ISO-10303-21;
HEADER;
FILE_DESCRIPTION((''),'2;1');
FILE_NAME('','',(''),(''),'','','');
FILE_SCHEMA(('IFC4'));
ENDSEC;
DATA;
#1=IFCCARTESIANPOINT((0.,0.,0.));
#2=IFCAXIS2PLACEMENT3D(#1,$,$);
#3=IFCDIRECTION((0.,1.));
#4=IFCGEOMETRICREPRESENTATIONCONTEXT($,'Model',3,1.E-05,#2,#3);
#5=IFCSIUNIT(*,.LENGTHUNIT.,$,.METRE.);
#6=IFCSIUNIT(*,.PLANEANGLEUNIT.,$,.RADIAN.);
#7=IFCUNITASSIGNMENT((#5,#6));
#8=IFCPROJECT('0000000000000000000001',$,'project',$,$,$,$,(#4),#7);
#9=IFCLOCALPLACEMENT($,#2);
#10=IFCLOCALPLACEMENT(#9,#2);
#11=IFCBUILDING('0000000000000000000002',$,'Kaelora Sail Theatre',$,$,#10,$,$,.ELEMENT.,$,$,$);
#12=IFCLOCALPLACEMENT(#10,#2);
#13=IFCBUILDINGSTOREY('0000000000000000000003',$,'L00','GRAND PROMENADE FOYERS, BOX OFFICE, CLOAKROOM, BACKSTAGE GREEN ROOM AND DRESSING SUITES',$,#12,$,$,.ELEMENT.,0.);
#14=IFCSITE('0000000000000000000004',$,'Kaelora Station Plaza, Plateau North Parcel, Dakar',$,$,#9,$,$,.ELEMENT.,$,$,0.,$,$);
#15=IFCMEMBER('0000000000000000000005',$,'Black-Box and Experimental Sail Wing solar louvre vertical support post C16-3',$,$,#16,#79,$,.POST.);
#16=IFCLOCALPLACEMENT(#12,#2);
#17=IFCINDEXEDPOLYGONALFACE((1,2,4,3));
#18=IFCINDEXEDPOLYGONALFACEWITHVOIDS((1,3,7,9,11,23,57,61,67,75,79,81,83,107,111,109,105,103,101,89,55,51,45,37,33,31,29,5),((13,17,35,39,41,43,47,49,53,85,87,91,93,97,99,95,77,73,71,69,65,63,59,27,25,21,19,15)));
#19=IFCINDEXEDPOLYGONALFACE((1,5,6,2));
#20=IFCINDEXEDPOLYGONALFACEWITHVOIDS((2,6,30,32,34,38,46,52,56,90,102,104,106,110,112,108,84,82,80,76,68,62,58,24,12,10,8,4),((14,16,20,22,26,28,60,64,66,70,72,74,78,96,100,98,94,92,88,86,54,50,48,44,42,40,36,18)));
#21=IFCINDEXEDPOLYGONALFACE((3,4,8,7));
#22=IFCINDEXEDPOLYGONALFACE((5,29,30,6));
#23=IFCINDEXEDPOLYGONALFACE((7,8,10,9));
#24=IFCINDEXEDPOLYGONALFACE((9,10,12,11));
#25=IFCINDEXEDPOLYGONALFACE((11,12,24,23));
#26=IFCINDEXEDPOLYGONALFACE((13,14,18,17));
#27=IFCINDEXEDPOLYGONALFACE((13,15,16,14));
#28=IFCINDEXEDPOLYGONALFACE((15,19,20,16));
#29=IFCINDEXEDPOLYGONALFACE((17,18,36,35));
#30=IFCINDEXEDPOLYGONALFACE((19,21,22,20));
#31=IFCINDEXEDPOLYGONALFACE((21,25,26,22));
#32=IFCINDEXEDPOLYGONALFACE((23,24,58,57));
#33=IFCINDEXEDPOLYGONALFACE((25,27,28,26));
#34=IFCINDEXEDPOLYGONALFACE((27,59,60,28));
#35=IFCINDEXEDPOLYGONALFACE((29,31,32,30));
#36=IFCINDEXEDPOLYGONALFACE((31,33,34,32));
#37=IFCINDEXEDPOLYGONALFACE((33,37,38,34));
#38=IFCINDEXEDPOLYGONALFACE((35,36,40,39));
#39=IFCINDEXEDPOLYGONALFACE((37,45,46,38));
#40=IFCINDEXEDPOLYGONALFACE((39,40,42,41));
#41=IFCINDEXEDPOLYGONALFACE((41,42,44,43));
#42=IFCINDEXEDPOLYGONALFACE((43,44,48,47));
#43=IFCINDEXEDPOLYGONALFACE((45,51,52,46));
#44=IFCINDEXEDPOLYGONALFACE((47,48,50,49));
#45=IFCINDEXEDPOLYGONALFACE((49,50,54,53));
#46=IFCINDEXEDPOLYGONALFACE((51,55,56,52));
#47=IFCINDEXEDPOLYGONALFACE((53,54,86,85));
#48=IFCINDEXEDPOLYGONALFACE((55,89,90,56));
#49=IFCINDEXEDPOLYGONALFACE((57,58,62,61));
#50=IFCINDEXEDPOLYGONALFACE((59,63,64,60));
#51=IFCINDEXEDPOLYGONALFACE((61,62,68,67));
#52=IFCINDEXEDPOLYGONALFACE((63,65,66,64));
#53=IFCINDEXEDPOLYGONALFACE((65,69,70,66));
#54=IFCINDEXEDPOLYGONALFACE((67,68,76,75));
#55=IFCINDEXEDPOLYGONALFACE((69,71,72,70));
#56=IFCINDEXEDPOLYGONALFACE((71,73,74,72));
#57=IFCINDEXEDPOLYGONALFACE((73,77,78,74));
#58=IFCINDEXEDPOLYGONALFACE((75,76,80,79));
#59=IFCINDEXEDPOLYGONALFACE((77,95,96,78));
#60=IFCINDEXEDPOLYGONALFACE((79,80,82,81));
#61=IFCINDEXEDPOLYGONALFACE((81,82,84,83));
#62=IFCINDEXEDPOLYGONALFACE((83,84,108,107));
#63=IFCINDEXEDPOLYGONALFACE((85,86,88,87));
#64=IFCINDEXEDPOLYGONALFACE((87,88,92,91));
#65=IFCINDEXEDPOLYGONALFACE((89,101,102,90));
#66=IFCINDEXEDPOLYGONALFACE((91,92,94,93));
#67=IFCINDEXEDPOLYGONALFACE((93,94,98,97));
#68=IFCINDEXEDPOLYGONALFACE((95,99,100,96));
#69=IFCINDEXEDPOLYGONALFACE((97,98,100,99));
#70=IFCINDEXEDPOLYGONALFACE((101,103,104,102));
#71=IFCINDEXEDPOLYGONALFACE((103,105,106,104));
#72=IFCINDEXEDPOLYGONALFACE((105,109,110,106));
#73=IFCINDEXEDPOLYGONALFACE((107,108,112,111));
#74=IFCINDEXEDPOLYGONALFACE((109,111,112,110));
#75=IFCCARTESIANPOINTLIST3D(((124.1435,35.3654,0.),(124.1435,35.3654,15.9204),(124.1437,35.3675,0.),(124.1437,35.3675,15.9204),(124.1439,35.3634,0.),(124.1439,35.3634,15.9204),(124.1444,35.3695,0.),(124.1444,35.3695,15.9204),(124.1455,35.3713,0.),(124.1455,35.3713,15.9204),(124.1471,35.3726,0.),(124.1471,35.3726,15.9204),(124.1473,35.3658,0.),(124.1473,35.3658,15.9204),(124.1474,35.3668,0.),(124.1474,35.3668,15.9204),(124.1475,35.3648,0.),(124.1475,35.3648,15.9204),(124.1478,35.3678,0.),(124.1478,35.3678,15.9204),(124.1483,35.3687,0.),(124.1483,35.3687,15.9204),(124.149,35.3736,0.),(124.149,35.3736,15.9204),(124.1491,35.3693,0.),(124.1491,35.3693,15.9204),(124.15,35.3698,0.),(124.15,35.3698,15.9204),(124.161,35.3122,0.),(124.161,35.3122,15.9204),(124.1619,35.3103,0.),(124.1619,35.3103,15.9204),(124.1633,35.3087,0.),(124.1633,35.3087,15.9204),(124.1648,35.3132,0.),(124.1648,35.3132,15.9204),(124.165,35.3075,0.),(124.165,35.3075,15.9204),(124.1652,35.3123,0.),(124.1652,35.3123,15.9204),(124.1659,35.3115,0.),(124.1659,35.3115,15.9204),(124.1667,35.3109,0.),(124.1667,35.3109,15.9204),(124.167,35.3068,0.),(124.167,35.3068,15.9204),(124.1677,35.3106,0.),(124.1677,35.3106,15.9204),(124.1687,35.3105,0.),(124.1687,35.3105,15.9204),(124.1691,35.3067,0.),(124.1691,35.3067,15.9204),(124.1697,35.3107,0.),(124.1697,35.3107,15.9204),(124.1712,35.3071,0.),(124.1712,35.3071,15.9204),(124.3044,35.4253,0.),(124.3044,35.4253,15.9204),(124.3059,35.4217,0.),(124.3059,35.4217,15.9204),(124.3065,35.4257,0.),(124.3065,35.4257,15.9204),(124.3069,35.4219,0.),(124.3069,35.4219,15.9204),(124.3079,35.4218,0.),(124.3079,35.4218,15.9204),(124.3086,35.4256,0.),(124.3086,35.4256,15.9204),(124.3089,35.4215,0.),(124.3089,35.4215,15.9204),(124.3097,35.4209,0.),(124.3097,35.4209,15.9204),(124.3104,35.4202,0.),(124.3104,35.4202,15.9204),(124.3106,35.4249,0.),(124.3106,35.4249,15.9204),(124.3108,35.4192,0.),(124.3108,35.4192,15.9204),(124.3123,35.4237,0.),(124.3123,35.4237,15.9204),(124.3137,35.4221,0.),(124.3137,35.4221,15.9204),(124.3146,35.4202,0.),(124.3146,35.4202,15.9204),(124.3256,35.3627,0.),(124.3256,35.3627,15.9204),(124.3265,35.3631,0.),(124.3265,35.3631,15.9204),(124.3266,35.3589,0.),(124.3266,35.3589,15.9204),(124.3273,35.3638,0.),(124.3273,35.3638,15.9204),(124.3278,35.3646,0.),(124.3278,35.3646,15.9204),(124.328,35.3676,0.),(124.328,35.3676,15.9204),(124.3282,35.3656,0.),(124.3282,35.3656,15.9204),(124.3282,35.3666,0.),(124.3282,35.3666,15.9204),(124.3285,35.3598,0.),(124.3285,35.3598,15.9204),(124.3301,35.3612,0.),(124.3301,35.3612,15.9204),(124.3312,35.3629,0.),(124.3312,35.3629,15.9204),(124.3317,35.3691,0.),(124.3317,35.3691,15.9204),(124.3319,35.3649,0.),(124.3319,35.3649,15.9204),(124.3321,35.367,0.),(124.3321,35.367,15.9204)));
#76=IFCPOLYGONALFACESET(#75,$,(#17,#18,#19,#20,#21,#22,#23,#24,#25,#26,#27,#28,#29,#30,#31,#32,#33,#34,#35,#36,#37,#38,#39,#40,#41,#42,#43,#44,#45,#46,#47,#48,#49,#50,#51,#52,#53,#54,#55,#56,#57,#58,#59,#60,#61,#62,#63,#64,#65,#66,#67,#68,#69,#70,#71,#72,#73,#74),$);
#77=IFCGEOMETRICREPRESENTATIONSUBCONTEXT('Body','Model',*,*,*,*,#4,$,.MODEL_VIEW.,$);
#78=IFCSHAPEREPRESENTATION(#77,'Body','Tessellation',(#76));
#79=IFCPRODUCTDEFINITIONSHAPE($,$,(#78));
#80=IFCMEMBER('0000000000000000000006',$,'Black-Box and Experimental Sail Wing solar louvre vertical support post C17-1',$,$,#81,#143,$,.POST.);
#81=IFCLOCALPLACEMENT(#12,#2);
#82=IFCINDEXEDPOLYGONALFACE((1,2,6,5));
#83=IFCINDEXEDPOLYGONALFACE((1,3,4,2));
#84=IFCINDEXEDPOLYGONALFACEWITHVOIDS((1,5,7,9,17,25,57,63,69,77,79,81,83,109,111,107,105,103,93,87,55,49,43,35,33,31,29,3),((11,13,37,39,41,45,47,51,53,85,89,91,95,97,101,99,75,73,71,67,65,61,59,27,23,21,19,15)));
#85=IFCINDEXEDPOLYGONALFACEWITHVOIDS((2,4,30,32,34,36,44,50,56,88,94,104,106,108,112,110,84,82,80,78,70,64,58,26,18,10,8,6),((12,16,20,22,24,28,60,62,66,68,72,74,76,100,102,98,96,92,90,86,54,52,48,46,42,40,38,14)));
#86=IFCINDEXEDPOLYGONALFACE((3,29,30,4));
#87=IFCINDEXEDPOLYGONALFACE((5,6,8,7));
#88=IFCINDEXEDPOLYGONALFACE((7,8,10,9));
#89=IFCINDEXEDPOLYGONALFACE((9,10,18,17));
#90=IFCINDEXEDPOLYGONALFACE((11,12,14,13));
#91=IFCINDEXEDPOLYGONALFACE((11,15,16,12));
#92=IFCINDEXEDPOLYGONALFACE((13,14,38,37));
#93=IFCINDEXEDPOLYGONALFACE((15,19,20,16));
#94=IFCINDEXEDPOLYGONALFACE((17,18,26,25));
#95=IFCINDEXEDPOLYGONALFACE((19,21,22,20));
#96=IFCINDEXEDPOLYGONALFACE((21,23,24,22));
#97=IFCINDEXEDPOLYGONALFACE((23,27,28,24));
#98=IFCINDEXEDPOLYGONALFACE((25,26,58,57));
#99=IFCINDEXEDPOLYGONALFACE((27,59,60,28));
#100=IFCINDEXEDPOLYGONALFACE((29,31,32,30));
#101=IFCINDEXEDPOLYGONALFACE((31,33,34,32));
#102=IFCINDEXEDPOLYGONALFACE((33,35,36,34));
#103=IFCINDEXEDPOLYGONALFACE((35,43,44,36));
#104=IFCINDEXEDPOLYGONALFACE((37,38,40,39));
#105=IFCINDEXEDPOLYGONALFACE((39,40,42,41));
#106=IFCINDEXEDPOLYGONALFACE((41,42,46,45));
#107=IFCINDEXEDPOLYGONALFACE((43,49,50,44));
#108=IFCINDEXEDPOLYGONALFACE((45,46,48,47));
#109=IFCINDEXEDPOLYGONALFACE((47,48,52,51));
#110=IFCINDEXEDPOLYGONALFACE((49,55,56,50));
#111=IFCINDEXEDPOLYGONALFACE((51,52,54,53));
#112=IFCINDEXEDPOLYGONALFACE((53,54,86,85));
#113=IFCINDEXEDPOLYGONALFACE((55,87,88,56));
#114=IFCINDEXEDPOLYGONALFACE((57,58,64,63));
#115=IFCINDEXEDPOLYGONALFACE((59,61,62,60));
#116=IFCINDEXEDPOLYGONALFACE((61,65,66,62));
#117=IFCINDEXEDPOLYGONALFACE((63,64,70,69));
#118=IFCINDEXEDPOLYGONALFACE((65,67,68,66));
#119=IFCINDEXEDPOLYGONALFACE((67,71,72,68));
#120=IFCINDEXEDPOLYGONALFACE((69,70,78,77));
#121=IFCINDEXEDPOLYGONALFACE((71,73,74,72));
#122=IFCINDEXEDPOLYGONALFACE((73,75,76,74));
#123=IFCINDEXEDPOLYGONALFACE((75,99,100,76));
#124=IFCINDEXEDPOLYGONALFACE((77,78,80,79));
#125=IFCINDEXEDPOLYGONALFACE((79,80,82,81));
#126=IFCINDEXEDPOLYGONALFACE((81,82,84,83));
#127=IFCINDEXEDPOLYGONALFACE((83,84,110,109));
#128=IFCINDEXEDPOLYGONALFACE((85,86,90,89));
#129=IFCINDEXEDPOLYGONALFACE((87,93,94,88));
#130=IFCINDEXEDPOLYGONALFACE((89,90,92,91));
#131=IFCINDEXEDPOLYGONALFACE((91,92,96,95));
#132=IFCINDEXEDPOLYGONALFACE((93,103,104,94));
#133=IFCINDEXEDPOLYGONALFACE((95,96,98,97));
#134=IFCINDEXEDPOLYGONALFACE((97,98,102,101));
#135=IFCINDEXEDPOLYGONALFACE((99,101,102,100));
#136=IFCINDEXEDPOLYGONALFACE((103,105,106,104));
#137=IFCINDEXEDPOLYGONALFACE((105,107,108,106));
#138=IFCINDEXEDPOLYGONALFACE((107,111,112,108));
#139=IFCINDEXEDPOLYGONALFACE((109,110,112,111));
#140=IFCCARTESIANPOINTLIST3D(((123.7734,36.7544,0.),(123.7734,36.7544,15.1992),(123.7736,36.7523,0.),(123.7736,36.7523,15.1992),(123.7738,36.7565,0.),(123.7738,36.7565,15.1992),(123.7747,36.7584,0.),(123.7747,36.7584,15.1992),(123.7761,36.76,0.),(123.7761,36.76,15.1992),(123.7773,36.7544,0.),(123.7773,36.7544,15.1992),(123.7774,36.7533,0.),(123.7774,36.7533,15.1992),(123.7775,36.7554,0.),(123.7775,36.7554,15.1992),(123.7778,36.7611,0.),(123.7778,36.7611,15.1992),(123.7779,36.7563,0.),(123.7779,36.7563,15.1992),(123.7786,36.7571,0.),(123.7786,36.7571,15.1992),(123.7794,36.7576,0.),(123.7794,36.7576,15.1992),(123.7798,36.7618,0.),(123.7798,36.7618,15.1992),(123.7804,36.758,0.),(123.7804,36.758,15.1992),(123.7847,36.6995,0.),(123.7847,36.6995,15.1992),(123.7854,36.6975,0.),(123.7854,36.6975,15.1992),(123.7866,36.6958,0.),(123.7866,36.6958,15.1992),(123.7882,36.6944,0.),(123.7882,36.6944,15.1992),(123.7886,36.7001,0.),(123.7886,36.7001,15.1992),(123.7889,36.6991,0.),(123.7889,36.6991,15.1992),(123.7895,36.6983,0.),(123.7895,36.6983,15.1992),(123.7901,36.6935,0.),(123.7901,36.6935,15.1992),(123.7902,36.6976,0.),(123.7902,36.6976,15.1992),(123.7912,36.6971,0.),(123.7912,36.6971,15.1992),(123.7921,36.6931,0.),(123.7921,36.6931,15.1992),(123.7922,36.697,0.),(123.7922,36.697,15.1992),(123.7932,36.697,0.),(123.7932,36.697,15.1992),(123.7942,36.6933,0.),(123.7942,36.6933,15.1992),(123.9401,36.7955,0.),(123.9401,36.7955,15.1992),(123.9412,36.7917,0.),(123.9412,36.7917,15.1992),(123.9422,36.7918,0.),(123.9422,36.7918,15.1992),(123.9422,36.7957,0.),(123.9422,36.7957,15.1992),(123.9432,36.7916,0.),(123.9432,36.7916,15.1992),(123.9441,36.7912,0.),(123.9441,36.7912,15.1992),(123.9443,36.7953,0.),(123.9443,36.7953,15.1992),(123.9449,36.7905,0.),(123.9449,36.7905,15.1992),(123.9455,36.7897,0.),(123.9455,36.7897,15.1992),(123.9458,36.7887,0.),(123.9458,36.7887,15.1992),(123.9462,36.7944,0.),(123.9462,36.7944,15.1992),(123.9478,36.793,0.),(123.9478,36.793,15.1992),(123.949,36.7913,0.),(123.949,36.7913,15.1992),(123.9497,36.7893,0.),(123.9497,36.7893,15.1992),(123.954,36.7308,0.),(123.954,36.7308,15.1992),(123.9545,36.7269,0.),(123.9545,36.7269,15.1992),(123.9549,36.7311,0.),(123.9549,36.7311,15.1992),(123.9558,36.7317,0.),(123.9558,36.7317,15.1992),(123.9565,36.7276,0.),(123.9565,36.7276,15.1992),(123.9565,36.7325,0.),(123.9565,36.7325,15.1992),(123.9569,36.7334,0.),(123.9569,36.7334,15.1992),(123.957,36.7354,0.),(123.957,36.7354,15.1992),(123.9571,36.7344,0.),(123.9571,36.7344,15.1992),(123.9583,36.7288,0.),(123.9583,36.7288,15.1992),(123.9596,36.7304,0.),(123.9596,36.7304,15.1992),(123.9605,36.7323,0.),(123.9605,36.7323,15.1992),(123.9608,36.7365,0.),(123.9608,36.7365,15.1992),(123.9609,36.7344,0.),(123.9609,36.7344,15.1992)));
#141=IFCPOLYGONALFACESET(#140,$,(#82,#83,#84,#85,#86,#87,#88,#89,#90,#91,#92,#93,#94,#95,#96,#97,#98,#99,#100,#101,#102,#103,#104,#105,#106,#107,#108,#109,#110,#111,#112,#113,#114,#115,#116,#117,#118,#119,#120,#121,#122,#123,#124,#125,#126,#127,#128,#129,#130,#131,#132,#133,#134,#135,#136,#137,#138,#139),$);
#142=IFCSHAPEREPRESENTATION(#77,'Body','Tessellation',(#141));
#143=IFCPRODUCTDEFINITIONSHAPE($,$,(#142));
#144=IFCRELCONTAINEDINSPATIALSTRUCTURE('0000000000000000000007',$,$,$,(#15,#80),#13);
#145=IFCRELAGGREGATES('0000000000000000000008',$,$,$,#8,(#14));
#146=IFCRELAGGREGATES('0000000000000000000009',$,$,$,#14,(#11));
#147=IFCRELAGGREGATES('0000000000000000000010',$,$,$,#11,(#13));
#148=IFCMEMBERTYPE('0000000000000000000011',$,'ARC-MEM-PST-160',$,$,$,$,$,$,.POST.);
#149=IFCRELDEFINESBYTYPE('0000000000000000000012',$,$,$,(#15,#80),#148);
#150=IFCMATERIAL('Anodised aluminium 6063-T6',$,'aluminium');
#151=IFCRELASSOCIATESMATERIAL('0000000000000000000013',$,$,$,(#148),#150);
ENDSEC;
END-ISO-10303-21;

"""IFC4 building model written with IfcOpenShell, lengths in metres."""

from ifc_helpers import new_model, si_unit, direction, frame, origin, origin_2d, place, context, subcontext, project, spatial, hollow_rectangle, extrude, material, material_profile, profile_set, type_object, element, save


model = new_model("IFC4")

# Units and contexts
model_context = context("Model", 3, precision=1e-05, world=origin(), true_north=direction((0.0, 1.0)))
body_context = subcontext(model_context, "Body", "Model", "MODEL_VIEW")
ifc_project = project(units=[si_unit("LENGTHUNIT", "METRE"), si_unit("PLANEANGLEUNIT", "RADIAN")], contexts=[model_context])

# Site, building, storey
site_placement = place(None, origin())
site = spatial("IfcSite", under=ifc_project, at=site_placement, Name="Kaelora Station Plaza, Plateau North Parcel, Dakar", CompositionType="ELEMENT", RefElevation=0.0)
building_placement = place(site_placement, origin())
building = spatial("IfcBuilding", under=site, at=building_placement, Name="Kaelora Sail Theatre", CompositionType="ELEMENT")
storey_placement = place(building_placement, origin())
storey = spatial("IfcBuildingStorey", under=building, at=storey_placement, Name="L00", Description="GRAND PROMENADE FOYERS, BOX OFFICE, CLOAKROOM, BACKSTAGE GREEN ROOM AND DRESSING SUITES", CompositionType="ELEMENT", Elevation=0.0)

# Members
ifc_material_1 = material(Name="Anodised aluminium 6063-T6", Category="aluminium")
ifc_material_profile_1 = material_profile(ifc_material_1, hollow_rectangle(XDim=0.0701, YDim=0.1799, WallThickness=0.0039, InnerFilletRadius=0.0039, OuterFilletRadius=0.0081, at=origin_2d()), Name="ALU-MULL 70x180x4")
ifc_profile_set_1 = profile_set([ifc_material_profile_1], Name="Anodised aluminium 6063-T6")
member_type_1 = type_object("IfcMemberType", Name="ARC-MEM-PST-160", PredefinedType="POST", material=ifc_profile_set_1)
for number, where, z_axis, x_axis, name in (
    (1, (124.2378, 35.3662, 0.0), (0.0, 0.0, 1.0), (-0.316146, 0.948711, 0.0), "Black-Box and Experimental Sail Wing solar louvre vertical support post C16-3"),
):
    element("IfcMember", number, at=place(storey_placement, frame(where, z_axis=z_axis, x_axis=x_axis)), inside=storey, type_object=member_type_1, Name=name, PredefinedType="POST", context=body_context, shape_type="SweptSolid", body=[
        extrude(hollow_rectangle(XDim=0.0701, YDim=0.1799, WallThickness=0.0039, InnerFilletRadius=0.0039, OuterFilletRadius=0.0081, at=origin_2d()), origin(), (0.0, 0.0, 1.0), 15.9204),
    ])
for number, where, z_axis, x_axis, name in (
    (2, (123.8672, 36.7444, 0.0), (0.0, 0.0, 1.0), (-0.205521, 0.978653, 0.0), "Black-Box and Experimental Sail Wing solar louvre vertical support post C17-1"),
):
    element("IfcMember", number, at=place(storey_placement, frame(where, z_axis=z_axis, x_axis=x_axis)), inside=storey, type_object=member_type_1, Name=name, PredefinedType="POST", context=body_context, shape_type="SweptSolid", body=[
        extrude(hollow_rectangle(XDim=0.0701, YDim=0.1799, WallThickness=0.0039, InnerFilletRadius=0.0039, OuterFilletRadius=0.0081, at=origin_2d()), origin(), (0.0, 0.0, 1.0), 15.1992),
    ])

save(model, "model.ifc")
